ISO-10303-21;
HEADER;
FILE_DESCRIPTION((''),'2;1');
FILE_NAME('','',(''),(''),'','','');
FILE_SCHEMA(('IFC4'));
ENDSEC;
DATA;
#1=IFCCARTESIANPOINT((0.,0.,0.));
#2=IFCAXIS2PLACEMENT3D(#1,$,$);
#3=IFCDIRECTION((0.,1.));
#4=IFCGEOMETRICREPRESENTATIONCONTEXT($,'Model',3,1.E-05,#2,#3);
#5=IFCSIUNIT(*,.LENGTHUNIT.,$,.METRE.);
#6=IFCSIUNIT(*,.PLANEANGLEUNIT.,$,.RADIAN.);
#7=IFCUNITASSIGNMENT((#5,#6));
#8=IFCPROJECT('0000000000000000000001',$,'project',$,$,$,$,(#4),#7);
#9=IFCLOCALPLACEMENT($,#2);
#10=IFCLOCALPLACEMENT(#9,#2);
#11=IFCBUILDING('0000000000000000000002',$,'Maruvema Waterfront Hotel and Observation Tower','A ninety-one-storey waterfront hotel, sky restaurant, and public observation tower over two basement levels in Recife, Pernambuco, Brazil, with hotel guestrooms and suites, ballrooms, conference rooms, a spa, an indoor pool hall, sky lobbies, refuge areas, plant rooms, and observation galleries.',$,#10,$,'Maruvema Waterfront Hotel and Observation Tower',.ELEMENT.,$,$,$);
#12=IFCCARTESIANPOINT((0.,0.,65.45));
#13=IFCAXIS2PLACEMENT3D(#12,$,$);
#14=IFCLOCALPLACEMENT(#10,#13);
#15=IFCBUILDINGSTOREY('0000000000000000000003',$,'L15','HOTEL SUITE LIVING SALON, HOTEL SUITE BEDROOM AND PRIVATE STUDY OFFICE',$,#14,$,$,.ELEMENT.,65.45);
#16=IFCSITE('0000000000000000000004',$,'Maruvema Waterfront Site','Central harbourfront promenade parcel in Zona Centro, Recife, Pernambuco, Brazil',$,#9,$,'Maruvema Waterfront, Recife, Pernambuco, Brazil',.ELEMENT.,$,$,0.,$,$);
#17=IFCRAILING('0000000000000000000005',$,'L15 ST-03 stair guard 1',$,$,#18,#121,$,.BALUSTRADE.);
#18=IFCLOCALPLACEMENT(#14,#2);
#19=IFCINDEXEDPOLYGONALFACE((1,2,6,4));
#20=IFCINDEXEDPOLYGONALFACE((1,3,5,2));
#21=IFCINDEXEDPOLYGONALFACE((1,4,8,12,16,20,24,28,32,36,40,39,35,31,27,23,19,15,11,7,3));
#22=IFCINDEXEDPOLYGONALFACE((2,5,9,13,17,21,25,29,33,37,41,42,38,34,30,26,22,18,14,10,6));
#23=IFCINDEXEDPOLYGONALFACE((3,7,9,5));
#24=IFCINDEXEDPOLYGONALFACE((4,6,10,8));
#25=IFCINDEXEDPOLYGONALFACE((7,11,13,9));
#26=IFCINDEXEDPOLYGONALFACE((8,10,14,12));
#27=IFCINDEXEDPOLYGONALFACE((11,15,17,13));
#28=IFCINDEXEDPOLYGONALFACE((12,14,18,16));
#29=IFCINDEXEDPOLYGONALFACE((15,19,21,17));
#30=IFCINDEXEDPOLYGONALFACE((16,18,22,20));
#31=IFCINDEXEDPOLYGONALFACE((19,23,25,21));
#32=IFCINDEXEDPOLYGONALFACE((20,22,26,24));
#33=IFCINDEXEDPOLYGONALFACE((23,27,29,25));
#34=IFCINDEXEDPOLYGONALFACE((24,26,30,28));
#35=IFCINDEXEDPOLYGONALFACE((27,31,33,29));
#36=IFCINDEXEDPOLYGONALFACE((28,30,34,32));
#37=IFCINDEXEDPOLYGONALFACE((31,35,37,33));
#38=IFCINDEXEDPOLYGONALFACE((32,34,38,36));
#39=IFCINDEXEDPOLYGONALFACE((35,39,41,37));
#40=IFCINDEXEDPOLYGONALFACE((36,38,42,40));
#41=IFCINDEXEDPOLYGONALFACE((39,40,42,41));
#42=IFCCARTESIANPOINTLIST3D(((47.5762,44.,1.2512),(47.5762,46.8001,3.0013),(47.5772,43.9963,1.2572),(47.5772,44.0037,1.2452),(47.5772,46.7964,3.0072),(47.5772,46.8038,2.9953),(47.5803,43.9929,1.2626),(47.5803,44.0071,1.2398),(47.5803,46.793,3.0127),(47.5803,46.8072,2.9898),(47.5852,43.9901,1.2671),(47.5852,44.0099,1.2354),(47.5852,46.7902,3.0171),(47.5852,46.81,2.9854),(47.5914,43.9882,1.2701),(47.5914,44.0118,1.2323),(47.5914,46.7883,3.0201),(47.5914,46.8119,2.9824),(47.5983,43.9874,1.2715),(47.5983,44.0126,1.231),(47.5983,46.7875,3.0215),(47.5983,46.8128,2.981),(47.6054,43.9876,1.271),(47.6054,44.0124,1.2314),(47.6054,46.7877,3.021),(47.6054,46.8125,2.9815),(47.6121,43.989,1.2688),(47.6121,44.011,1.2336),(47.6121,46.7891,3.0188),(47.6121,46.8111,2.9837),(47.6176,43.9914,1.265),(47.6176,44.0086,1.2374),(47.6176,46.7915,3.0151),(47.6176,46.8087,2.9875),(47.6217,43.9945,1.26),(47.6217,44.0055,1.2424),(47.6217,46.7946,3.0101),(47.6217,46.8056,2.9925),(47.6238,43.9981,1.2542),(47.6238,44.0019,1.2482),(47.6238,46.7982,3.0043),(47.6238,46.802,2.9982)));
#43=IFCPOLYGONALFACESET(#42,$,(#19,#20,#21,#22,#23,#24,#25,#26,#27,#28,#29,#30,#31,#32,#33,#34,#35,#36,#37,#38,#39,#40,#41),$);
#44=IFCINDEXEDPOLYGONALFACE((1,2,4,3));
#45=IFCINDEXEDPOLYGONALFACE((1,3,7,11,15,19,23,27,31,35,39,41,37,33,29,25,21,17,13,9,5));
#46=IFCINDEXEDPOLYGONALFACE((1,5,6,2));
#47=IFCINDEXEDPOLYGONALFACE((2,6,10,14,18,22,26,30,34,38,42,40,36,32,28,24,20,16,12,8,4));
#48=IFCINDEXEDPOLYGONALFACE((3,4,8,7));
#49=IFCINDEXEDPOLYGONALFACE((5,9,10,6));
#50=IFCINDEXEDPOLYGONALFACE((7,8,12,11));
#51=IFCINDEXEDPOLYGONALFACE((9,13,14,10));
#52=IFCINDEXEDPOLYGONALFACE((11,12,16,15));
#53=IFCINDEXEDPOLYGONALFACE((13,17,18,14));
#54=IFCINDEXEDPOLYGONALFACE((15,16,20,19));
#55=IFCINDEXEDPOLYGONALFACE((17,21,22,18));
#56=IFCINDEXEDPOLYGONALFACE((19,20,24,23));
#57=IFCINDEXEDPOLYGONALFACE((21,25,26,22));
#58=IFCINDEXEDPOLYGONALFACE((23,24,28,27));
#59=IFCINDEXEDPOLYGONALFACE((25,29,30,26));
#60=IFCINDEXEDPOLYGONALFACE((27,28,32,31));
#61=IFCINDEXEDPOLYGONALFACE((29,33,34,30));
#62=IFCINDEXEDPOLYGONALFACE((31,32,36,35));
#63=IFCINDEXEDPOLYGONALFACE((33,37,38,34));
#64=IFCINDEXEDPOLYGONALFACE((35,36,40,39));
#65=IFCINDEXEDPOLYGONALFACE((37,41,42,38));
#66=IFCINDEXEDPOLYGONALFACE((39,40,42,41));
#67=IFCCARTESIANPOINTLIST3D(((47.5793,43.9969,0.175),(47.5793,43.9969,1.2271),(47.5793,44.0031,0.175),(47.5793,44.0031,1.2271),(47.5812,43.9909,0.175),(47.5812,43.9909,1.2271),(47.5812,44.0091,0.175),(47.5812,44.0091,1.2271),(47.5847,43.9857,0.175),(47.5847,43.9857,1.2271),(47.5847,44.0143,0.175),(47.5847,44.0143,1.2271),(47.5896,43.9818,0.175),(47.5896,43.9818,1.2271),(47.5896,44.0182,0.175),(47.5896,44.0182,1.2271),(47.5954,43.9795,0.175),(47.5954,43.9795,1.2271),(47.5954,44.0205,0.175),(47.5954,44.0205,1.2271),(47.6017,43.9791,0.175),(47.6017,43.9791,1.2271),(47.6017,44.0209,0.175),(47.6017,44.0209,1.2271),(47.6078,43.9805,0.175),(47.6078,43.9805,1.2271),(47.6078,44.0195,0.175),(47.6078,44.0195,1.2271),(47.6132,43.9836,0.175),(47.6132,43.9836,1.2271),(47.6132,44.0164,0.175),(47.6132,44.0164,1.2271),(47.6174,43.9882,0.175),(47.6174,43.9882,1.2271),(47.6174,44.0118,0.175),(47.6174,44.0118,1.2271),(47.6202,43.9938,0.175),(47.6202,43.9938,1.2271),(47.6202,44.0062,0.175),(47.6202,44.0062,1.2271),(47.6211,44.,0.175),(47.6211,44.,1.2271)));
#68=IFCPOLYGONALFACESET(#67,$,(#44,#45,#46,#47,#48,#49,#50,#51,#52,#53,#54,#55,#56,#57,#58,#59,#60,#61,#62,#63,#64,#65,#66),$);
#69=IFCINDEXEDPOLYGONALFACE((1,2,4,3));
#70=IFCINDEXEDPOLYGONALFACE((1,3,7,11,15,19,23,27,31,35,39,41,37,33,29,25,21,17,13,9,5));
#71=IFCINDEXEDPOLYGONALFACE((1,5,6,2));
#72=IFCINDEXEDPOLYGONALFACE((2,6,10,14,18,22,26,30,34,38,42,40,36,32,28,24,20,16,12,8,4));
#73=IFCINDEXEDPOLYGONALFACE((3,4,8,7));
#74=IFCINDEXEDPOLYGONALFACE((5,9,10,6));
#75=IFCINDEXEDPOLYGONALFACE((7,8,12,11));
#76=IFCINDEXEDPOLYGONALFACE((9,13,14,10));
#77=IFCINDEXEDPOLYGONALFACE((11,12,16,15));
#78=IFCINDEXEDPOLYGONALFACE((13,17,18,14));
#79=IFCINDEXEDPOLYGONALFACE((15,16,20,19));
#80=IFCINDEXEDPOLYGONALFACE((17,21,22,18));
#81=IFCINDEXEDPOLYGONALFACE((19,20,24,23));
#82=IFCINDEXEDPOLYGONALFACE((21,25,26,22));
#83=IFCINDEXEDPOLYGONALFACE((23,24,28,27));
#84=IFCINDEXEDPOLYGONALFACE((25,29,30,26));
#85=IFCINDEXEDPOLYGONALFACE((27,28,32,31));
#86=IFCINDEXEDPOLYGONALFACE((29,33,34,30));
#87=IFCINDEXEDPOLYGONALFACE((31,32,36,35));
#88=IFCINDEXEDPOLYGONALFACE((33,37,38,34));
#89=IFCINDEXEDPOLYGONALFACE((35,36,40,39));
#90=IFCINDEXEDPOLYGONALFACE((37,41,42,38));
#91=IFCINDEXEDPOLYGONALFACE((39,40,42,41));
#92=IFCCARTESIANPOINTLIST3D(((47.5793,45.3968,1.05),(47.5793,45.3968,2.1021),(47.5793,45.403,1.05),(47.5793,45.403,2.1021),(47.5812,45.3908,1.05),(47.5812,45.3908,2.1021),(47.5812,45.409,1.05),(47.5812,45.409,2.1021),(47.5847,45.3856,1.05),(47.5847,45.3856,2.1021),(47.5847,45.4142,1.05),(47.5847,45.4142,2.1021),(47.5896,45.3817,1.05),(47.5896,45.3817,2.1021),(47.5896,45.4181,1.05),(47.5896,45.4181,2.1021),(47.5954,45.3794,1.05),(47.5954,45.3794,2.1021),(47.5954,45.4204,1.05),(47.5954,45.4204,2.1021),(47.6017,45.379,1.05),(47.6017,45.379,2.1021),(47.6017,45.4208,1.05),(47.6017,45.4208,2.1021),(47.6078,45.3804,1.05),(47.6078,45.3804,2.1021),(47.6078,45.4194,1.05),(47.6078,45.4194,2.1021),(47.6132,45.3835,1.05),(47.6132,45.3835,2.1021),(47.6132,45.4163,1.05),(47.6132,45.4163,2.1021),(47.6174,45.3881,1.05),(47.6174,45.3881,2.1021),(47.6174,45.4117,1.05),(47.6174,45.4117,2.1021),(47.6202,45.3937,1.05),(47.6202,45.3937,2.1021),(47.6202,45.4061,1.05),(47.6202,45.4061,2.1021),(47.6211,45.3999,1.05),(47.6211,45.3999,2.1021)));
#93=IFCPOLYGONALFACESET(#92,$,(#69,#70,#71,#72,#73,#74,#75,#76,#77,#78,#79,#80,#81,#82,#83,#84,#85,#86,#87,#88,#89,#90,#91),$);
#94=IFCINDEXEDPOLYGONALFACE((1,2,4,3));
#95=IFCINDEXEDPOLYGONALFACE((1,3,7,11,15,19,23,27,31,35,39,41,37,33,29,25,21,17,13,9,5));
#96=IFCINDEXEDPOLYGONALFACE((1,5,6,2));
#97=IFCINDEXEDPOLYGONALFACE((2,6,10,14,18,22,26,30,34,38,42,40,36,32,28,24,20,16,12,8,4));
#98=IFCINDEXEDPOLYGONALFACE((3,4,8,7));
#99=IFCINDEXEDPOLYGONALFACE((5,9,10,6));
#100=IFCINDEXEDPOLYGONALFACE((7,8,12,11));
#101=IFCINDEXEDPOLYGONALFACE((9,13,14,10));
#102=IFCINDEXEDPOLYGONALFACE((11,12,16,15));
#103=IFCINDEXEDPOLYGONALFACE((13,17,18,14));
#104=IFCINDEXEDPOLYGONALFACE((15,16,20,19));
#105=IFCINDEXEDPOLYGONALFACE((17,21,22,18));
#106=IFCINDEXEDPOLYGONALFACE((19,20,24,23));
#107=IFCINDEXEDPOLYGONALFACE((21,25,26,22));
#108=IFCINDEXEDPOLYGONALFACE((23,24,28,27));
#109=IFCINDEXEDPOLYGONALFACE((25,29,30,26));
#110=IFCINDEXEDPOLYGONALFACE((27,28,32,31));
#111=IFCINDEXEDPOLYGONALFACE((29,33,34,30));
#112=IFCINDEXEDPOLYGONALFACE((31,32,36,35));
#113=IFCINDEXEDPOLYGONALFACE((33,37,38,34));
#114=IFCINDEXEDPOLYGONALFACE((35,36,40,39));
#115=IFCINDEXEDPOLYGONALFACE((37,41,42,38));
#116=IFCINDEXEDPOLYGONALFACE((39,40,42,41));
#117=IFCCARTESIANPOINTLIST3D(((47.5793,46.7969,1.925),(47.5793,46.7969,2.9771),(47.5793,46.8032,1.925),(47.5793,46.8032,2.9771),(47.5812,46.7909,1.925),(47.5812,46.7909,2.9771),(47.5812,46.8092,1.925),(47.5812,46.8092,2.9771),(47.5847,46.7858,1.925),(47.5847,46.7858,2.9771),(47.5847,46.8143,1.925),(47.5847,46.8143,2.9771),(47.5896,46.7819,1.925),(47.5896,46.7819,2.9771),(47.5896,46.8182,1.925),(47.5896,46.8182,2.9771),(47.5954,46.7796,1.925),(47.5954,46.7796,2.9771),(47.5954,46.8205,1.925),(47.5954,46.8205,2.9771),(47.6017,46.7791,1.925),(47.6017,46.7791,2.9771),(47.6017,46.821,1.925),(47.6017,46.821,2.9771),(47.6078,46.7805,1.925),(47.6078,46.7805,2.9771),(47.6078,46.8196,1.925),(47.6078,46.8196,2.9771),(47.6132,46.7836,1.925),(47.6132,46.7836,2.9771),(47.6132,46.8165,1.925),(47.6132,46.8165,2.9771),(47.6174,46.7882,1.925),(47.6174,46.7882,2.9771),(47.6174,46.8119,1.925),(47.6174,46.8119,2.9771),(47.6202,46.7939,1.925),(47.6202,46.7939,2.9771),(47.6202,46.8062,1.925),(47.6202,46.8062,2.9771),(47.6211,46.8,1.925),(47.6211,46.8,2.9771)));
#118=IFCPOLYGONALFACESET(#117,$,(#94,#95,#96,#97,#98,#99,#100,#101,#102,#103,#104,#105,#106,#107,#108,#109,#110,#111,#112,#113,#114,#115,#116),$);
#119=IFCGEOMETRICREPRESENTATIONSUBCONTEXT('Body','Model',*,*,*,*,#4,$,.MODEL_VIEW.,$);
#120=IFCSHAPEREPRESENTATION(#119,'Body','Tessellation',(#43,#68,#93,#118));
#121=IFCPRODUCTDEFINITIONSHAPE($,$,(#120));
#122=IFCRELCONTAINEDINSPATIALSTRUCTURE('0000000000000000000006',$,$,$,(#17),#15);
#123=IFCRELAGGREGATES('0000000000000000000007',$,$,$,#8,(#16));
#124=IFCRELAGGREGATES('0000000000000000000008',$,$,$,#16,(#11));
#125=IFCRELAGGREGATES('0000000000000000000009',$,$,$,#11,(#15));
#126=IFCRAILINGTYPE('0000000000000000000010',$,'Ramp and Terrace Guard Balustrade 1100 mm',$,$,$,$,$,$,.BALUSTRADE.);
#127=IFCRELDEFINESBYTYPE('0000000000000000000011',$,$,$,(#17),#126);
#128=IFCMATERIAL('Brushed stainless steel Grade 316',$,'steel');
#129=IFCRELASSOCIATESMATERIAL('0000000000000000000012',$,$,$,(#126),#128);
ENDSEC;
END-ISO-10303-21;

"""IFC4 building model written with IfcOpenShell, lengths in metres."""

from ifc_helpers import new_model, si_unit, direction, frame, origin, origin_2d, place, context, subcontext, project, spatial, circle, extrude, material, type_object, element, save


model = new_model("IFC4")

# Units and contexts
model_context = context("Model", 3, precision=1e-05, world=origin(), true_north=direction((0.0, 1.0)))
body_context = subcontext(model_context, "Body", "Model", "MODEL_VIEW")
ifc_project = project(units=[si_unit("LENGTHUNIT", "METRE"), si_unit("PLANEANGLEUNIT", "RADIAN")], contexts=[model_context])

# Site, building, storey
site_placement = place(None, origin())
site = spatial("IfcSite", under=ifc_project, at=site_placement, Name="Maruvema Waterfront Site", Description="Central harbourfront promenade parcel in Zona Centro, Recife, Pernambuco, Brazil", LongName="Maruvema Waterfront, Recife, Pernambuco, Brazil", CompositionType="ELEMENT", RefElevation=0.0)
building_placement = place(site_placement, origin())
building = spatial("IfcBuilding", under=site, at=building_placement, Name="Maruvema Waterfront Hotel and Observation Tower", Description="A ninety-one-storey waterfront hotel, sky restaurant, and public observation tower over two basement levels in Recife, Pernambuco, Brazil, with hotel guestrooms and suites, ballrooms, conference rooms, a spa, an indoor pool hall, sky lobbies, refuge areas, plant rooms, and observation galleries.", LongName="Maruvema Waterfront Hotel and Observation Tower", CompositionType="ELEMENT")
storey_placement = place(building_placement, frame((0.0, 0.0, 65.45)))
storey = spatial("IfcBuildingStorey", under=building, at=storey_placement, Name="L15", Description="HOTEL SUITE LIVING SALON, HOTEL SUITE BEDROOM AND PRIVATE STUDY OFFICE", CompositionType="ELEMENT", Elevation=65.45)

# Railing
ifc_material_1 = material(Name="Brushed stainless steel Grade 316", Category="steel")
railing_type_1 = type_object("IfcRailingType", Name="Ramp and Terrace Guard Balustrade 1100 mm", PredefinedType="BALUSTRADE", material=ifc_material_1)
railing_1_placement = place(storey_placement, frame((47.6001, 44.0, 0.175)))
element("IfcRailing", 1, at=railing_1_placement, inside=storey, type_object=railing_type_1, Name="L15 ST-03 stair guard 1", PredefinedType="BALUSTRADE", context=body_context, shape_type="SweptSolid", body=[
    extrude(circle(Radius=0.0239, at=origin_2d()), frame((0.0, 0.0, 1.0762), z_axis=(0.0, 0.848002, 0.529992), x_axis=(-1.0, 0.0, 0.0)), (0.0, 0.0, 1.0), 3.302),
    extrude(circle(Radius=0.021, at=origin_2d()), origin(), (0.0, 0.0, 1.0), 1.052),
    extrude(circle(Radius=0.021, at=origin_2d()), frame((0.0, 1.3999, 0.875)), (0.0, 0.0, 1.0), 1.052),
    extrude(circle(Radius=0.021, at=origin_2d()), frame((0.0, 2.8, 1.75)), (0.0, 0.0, 1.0), 1.052),
])

save(model, "model.ifc")
